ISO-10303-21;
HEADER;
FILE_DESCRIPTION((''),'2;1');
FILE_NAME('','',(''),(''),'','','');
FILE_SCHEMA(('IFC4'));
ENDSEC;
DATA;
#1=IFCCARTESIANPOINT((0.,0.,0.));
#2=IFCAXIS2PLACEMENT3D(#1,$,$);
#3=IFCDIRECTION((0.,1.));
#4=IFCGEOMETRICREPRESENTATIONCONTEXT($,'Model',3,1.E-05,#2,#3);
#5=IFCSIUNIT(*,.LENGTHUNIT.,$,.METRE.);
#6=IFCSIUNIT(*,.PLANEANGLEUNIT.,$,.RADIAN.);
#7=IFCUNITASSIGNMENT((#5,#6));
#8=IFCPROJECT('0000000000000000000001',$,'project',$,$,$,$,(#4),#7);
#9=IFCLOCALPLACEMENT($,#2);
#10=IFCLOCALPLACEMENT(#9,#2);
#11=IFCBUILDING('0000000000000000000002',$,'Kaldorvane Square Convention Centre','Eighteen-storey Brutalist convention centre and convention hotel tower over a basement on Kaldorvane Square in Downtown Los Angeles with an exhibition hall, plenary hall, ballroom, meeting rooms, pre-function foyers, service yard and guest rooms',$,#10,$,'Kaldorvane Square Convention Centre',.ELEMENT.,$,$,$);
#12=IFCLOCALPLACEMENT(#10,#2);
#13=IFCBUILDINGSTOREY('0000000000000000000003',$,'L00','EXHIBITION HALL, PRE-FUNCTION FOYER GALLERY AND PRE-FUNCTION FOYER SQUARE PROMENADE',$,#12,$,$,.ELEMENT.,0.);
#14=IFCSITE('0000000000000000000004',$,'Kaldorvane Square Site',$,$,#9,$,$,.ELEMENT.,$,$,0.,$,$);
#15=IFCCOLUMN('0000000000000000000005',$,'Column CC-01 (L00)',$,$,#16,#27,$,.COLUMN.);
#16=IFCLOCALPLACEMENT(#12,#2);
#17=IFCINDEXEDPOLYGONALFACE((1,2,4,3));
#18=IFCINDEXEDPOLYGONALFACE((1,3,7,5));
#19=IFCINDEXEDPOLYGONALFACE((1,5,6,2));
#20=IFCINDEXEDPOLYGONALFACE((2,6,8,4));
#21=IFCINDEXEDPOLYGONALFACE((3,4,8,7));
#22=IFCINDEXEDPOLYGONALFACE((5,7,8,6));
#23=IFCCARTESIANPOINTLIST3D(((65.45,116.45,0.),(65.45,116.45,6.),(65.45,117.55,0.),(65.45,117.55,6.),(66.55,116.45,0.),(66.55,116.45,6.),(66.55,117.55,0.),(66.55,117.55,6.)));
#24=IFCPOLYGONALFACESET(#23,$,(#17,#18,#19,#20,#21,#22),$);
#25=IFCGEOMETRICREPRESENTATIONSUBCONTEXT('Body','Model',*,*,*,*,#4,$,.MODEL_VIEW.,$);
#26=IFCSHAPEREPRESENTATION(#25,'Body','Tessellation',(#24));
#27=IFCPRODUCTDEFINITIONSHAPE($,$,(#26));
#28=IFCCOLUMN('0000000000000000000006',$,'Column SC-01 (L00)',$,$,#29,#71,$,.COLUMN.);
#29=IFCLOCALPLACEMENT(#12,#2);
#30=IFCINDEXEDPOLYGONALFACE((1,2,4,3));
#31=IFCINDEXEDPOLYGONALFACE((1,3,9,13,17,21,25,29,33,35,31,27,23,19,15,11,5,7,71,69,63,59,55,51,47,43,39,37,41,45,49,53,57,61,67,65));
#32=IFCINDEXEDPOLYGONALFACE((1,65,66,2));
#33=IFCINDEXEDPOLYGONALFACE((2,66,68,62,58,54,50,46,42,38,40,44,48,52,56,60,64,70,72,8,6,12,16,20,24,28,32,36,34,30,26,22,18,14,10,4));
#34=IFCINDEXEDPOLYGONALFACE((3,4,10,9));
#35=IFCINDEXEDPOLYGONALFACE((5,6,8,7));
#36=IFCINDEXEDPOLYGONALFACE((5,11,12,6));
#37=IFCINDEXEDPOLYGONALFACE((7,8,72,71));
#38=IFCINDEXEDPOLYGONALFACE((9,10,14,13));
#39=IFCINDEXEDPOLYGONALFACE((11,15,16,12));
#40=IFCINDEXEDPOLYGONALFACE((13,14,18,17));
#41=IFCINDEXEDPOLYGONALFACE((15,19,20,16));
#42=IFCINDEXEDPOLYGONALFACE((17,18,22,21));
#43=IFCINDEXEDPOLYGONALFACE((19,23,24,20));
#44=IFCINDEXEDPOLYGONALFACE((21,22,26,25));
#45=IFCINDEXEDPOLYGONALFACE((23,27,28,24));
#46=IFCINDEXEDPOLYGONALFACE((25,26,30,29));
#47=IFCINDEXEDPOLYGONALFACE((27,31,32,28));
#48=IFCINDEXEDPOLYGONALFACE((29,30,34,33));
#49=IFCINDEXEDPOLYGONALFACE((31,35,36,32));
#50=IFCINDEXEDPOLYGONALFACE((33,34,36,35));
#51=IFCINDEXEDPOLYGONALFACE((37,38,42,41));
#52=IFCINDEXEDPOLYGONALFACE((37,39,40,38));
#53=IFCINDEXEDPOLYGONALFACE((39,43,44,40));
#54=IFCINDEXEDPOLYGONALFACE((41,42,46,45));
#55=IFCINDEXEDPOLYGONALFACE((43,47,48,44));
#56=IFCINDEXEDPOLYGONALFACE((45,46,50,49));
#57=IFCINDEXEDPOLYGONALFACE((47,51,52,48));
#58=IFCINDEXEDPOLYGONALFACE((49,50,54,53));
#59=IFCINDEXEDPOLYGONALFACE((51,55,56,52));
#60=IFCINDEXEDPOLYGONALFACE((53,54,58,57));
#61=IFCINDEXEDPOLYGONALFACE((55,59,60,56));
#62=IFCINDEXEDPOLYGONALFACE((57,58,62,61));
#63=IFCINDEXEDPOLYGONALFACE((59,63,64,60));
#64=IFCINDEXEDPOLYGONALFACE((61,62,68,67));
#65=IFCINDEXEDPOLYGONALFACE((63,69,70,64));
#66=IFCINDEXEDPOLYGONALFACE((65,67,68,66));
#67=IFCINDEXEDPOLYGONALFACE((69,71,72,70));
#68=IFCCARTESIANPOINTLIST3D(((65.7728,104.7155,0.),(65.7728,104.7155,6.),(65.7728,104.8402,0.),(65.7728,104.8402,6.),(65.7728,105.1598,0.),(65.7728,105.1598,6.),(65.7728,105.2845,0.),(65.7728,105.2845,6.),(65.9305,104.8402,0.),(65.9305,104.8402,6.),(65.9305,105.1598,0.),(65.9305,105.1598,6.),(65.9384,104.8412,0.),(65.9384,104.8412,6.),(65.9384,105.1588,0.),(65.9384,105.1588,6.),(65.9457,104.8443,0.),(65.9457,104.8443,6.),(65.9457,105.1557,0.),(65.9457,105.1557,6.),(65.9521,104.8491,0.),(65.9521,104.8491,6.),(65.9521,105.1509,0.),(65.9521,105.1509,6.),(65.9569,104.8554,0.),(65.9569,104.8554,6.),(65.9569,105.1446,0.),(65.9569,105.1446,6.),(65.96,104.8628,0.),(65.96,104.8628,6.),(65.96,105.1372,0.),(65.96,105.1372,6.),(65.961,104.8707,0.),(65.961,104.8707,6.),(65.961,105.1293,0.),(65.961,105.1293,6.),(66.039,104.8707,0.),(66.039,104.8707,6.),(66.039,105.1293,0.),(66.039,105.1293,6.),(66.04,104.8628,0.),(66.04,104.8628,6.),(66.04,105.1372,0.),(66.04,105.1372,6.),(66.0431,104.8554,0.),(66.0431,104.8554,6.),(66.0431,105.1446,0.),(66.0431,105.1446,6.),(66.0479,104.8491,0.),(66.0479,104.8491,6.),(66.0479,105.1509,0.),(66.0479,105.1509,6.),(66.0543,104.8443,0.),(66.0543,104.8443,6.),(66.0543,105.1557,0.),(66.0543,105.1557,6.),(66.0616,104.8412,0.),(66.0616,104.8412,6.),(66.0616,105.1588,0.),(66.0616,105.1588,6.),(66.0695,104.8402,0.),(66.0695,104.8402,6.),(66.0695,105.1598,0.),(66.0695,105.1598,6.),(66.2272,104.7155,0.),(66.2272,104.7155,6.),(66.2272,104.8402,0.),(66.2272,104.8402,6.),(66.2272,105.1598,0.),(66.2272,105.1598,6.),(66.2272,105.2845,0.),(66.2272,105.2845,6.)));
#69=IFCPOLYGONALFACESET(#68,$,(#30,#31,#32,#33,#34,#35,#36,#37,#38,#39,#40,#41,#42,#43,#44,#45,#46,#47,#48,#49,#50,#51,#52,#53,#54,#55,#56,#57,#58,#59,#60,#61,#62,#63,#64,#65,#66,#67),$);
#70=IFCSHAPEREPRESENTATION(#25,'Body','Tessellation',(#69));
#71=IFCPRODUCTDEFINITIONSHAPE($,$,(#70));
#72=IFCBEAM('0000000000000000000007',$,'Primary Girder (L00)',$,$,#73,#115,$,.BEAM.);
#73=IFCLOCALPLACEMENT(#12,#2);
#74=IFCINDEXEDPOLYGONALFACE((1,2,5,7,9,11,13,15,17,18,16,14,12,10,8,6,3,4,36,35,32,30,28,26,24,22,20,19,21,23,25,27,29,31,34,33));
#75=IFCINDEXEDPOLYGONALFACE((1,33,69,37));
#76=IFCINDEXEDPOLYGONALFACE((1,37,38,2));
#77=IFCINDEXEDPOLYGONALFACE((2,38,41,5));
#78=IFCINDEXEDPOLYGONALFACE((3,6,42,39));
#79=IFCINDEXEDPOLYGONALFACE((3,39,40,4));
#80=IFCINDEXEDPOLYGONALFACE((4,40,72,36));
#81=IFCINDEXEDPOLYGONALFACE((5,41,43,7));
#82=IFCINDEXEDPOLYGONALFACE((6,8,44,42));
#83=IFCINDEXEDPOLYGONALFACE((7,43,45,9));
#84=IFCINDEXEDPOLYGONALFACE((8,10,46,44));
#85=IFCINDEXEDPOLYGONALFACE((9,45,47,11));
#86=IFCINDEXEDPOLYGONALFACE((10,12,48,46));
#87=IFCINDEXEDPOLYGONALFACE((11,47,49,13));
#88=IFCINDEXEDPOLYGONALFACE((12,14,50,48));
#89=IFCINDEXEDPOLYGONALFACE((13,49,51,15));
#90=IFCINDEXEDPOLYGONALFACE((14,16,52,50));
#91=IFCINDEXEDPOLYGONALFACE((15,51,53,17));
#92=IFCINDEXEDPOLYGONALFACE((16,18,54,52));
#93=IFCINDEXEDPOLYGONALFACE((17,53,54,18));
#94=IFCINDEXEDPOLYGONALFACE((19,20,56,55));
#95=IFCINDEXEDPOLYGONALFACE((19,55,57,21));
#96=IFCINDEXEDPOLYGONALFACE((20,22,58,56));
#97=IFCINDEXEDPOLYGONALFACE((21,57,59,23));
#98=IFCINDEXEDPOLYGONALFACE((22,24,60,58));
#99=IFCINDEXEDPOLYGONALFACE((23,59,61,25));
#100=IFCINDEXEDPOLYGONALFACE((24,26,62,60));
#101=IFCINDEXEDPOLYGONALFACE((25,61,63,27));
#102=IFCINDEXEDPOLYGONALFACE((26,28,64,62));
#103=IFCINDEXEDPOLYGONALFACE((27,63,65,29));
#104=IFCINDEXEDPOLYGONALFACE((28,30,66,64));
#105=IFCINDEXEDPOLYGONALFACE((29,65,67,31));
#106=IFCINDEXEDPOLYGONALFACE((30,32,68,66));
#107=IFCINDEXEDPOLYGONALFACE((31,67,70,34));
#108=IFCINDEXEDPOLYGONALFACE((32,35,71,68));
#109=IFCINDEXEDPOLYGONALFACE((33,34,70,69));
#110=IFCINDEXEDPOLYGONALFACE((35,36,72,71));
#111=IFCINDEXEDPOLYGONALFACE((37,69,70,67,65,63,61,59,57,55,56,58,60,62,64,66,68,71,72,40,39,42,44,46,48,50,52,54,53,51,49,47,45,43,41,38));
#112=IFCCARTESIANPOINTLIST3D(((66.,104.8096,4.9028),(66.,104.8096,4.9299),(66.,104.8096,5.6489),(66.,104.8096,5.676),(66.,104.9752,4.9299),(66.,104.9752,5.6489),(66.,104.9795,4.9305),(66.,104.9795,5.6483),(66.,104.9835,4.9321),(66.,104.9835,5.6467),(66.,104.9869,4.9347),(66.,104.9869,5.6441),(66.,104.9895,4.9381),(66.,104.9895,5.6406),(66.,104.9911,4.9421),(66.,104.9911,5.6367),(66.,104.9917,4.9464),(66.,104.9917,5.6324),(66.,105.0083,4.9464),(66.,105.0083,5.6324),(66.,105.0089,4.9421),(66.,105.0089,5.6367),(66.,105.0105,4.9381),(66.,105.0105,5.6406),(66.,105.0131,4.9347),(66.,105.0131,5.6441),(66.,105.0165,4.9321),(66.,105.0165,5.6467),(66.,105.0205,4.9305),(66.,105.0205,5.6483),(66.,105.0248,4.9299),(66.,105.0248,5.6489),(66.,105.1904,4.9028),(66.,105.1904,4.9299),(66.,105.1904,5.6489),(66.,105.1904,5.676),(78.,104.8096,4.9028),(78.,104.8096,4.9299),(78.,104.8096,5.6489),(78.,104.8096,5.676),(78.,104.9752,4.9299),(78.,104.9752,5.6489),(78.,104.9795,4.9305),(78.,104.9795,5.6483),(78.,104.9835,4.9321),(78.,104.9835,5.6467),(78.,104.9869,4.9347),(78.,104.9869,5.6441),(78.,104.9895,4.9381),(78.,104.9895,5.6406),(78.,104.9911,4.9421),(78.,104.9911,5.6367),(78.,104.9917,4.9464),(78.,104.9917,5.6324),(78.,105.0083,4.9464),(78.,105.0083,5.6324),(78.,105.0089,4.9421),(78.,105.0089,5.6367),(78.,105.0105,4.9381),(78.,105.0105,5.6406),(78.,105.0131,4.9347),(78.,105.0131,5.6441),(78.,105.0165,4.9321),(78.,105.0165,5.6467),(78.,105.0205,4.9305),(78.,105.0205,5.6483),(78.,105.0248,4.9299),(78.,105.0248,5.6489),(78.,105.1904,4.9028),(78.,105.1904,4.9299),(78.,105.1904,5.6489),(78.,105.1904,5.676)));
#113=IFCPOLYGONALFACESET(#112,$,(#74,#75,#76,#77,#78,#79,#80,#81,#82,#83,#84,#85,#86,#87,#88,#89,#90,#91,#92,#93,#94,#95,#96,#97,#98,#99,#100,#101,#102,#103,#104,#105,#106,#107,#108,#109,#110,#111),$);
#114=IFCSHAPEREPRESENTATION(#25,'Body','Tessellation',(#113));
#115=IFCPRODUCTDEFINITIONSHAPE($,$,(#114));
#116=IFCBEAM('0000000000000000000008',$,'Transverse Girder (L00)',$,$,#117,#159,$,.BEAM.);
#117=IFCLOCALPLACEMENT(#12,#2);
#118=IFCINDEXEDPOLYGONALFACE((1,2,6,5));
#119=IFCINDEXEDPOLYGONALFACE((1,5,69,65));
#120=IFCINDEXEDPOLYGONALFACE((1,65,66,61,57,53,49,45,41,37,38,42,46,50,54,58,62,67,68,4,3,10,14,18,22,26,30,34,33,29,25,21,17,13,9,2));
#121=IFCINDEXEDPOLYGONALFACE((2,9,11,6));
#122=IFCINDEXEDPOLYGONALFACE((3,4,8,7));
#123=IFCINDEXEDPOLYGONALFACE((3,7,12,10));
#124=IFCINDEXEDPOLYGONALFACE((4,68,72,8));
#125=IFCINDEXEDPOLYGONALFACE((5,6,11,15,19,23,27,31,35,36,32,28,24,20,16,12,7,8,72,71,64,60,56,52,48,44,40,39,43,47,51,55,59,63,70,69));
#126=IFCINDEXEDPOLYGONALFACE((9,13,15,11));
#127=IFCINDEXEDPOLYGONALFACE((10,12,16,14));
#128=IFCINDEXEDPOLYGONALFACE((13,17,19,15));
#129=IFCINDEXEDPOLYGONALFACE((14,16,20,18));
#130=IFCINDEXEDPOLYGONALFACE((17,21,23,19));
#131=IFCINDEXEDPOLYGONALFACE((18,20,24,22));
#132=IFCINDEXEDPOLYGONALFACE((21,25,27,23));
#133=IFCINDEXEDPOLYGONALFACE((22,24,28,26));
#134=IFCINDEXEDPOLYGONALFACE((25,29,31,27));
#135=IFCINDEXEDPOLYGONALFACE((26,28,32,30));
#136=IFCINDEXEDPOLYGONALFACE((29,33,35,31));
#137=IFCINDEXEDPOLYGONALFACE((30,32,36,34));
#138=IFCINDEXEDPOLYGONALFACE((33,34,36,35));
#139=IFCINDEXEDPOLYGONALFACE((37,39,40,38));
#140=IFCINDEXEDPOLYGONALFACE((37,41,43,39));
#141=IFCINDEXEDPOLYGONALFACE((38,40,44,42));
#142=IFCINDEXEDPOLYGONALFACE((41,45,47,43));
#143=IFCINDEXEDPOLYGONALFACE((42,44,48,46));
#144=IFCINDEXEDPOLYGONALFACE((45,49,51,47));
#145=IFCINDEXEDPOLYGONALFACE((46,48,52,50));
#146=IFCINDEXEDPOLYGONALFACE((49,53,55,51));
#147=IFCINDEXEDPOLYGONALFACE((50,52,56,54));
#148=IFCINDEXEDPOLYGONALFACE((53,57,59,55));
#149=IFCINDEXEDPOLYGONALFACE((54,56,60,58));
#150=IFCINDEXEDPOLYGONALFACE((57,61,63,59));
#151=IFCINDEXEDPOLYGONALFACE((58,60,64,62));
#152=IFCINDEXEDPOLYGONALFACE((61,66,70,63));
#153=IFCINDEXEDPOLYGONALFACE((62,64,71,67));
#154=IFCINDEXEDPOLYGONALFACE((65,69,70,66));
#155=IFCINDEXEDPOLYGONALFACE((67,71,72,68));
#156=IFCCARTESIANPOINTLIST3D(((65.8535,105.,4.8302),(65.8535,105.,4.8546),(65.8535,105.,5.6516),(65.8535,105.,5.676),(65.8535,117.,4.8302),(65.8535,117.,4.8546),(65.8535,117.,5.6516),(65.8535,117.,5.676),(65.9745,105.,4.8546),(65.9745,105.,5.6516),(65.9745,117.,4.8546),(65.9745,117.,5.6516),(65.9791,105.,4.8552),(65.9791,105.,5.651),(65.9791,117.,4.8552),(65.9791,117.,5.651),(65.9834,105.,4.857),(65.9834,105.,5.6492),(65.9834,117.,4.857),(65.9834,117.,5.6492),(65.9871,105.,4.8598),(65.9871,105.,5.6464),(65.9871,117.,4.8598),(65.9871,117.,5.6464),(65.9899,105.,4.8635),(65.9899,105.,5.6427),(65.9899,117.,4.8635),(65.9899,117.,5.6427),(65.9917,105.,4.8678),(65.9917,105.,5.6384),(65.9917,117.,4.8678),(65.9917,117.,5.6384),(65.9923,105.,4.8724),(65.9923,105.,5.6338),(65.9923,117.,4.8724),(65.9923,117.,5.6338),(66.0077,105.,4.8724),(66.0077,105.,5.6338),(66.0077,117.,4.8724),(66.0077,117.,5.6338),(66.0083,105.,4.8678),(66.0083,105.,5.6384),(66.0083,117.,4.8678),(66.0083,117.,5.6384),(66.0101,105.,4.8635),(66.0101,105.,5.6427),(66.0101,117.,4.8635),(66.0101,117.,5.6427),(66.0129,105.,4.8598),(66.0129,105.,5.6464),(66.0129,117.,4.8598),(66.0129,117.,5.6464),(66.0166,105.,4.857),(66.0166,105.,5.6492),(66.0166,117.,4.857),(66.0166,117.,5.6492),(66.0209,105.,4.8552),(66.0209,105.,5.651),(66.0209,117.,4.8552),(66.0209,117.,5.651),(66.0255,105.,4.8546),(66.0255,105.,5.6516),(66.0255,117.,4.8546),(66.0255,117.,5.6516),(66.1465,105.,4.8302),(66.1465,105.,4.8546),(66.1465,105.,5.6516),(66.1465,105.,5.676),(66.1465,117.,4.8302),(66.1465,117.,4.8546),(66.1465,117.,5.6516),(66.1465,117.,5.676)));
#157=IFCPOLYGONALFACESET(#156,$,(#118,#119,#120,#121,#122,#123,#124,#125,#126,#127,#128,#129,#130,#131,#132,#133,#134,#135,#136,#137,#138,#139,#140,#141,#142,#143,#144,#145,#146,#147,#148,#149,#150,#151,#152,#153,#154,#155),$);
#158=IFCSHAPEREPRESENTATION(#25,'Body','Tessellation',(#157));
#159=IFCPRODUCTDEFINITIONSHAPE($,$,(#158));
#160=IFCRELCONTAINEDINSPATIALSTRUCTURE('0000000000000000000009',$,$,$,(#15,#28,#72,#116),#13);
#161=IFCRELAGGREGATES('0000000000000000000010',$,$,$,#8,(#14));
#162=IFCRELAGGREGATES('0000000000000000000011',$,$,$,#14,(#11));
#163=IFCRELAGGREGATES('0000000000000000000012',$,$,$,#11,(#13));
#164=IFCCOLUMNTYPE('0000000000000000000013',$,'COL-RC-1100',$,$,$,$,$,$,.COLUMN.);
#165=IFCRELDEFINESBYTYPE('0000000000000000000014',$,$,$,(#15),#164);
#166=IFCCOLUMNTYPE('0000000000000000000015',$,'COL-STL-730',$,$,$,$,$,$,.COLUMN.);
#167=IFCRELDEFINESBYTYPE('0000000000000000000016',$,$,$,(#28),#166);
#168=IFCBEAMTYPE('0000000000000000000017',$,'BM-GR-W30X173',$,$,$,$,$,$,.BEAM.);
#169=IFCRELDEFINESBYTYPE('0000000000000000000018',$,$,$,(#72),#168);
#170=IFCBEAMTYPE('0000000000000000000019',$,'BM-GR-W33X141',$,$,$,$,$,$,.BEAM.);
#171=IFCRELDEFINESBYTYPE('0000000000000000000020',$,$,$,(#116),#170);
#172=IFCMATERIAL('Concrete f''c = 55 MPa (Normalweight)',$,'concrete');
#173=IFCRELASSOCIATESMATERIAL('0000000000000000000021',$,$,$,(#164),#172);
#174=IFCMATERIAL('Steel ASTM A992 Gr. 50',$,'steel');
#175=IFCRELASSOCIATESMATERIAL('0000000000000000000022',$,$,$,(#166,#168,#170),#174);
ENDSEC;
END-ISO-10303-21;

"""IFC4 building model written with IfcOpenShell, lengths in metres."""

from ifc_helpers import new_model, si_unit, direction, frame, origin, origin_2d, place, context, subcontext, project, spatial, rectangle, i_section, extrude, material, material_profile, profile_set, type_object, element, save


model = new_model("IFC4")

# Units and contexts
model_context = context("Model", 3, precision=1e-05, world=origin(), true_north=direction((0.0, 1.0)))
body_context = subcontext(model_context, "Body", "Model", "MODEL_VIEW")
ifc_project = project(units=[si_unit("LENGTHUNIT", "METRE"), si_unit("PLANEANGLEUNIT", "RADIAN")], contexts=[model_context])

# Site, building, storey
site_placement = place(None, origin())
site = spatial("IfcSite", under=ifc_project, at=site_placement, Name="Kaldorvane Square Site", CompositionType="ELEMENT", RefElevation=0.0)
building_placement = place(site_placement, origin())
building = spatial("IfcBuilding", under=site, at=building_placement, Name="Kaldorvane Square Convention Centre", Description="Eighteen-storey Brutalist convention centre and convention hotel tower over a basement on Kaldorvane Square in Downtown Los Angeles with an exhibition hall, plenary hall, ballroom, meeting rooms, pre-function foyers, service yard and guest rooms", LongName="Kaldorvane Square Convention Centre", CompositionType="ELEMENT")
storey_placement = place(building_placement, origin())
storey = spatial("IfcBuildingStorey", under=building, at=storey_placement, Name="L00", Description="EXHIBITION HALL, PRE-FUNCTION FOYER GALLERY AND PRE-FUNCTION FOYER SQUARE PROMENADE", CompositionType="ELEMENT", Elevation=0.0)

# Columns
ifc_material_1 = material(Name="Concrete f'c = 55 MPa (Normalweight)", Category="concrete")
ifc_material_profile_1 = material_profile(ifc_material_1, rectangle(XDim=1.1, YDim=1.1, at=origin_2d()), Name="RC1100X1100")
ifc_profile_set_1 = profile_set([ifc_material_profile_1], Name="Concrete f'c = 55 MPa (Normalweight)")
column_type_1 = type_object("IfcColumnType", Name="COL-RC-1100", PredefinedType="COLUMN", material=ifc_profile_set_1)
column_1_placement = place(storey_placement, frame((66.0, 117.0, 0.0), z_axis=(0.0, 0.0, 1.0), x_axis=(1.0, 0.0, 0.0)))
element("IfcColumn", 1, at=column_1_placement, inside=storey, type_object=column_type_1, Name="Column CC-01 (L00)", PredefinedType="COLUMN", context=body_context, shape_type="SweptSolid", body=[
    extrude(rectangle(XDim=1.1, YDim=1.1, at=origin_2d()), origin(), (0.0, 0.0, 1.0), 6.0),
])
ifc_material_2 = material(Name="Steel ASTM A992 Gr. 50", Category="steel")
ifc_material_profile_2 = material_profile(ifc_material_2, i_section(OverallWidth=0.4544, OverallDepth=0.569, WebThickness=0.078, FlangeThickness=0.1247, FilletRadius=0.0305, at=origin_2d()), Name="W14X730")
ifc_profile_set_2 = profile_set([ifc_material_profile_2], Name="Steel ASTM A992 Gr. 50")
column_type_2 = type_object("IfcColumnType", Name="COL-STL-730", PredefinedType="COLUMN", material=ifc_profile_set_2)
column_2_placement = place(storey_placement, frame((66.0, 105.0, 0.0), z_axis=(0.0, 0.0, 1.0), x_axis=(1.0, 0.0, 0.0)))
element("IfcColumn", 2, at=column_2_placement, inside=storey, type_object=column_type_2, Name="Column SC-01 (L00)", PredefinedType="COLUMN", context=body_context, shape_type="SweptSolid", body=[
    extrude(i_section(OverallWidth=0.4544, OverallDepth=0.569, WebThickness=0.078, FlangeThickness=0.1247, FilletRadius=0.0305, at=origin_2d()), origin(), (0.0, 0.0, 1.0), 6.0),
])

# Beams
ifc_material_profile_3 = material_profile(ifc_material_2, i_section(OverallWidth=0.3807, OverallDepth=0.7732, WebThickness=0.0166, FlangeThickness=0.0271, FilletRadius=0.0165, at=origin_2d()), Name="W30X173")
ifc_profile_set_3 = profile_set([ifc_material_profile_3], Name="Steel ASTM A992 Gr. 50")
beam_type_1 = type_object("IfcBeamType", Name="BM-GR-W30X173", PredefinedType="BEAM", material=ifc_profile_set_3)
beam_1_placement = place(storey_placement, frame((66.0, 105.0, 5.2894), z_axis=(1.0, 0.0, 0.0), x_axis=(0.0, 1.0, 0.0)))
element("IfcBeam", 3, at=beam_1_placement, inside=storey, type_object=beam_type_1, Name="Primary Girder (L00)", PredefinedType="BEAM", context=body_context, shape_type="SweptSolid", body=[
    extrude(i_section(OverallWidth=0.3807, OverallDepth=0.7732, WebThickness=0.0166, FlangeThickness=0.0271, FilletRadius=0.0165, at=origin_2d()), origin(), (0.0, 0.0, 1.0), 12.0),
])
ifc_material_profile_4 = material_profile(ifc_material_2, i_section(OverallWidth=0.293, OverallDepth=0.8458, WebThickness=0.0154, FlangeThickness=0.0244, FilletRadius=0.0178, at=origin_2d()), Name="W33X141")
ifc_profile_set_4 = profile_set([ifc_material_profile_4], Name="Steel ASTM A992 Gr. 50")
beam_type_2 = type_object("IfcBeamType", Name="BM-GR-W33X141", PredefinedType="BEAM", material=ifc_profile_set_4)
beam_2_placement = place(storey_placement, frame((66.0, 105.0, 5.2531), z_axis=(0.0, 1.0, 0.0), x_axis=(-1.0, 0.0, 0.0)))
element("IfcBeam", 4, at=beam_2_placement, inside=storey, type_object=beam_type_2, Name="Transverse Girder (L00)", PredefinedType="BEAM", context=body_context, shape_type="SweptSolid", body=[
    extrude(i_section(OverallWidth=0.293, OverallDepth=0.8458, WebThickness=0.0154, FlangeThickness=0.0244, FilletRadius=0.0178, at=origin_2d()), origin(), (0.0, 0.0, 1.0), 12.0),
])

save(model, "model.ifc")
